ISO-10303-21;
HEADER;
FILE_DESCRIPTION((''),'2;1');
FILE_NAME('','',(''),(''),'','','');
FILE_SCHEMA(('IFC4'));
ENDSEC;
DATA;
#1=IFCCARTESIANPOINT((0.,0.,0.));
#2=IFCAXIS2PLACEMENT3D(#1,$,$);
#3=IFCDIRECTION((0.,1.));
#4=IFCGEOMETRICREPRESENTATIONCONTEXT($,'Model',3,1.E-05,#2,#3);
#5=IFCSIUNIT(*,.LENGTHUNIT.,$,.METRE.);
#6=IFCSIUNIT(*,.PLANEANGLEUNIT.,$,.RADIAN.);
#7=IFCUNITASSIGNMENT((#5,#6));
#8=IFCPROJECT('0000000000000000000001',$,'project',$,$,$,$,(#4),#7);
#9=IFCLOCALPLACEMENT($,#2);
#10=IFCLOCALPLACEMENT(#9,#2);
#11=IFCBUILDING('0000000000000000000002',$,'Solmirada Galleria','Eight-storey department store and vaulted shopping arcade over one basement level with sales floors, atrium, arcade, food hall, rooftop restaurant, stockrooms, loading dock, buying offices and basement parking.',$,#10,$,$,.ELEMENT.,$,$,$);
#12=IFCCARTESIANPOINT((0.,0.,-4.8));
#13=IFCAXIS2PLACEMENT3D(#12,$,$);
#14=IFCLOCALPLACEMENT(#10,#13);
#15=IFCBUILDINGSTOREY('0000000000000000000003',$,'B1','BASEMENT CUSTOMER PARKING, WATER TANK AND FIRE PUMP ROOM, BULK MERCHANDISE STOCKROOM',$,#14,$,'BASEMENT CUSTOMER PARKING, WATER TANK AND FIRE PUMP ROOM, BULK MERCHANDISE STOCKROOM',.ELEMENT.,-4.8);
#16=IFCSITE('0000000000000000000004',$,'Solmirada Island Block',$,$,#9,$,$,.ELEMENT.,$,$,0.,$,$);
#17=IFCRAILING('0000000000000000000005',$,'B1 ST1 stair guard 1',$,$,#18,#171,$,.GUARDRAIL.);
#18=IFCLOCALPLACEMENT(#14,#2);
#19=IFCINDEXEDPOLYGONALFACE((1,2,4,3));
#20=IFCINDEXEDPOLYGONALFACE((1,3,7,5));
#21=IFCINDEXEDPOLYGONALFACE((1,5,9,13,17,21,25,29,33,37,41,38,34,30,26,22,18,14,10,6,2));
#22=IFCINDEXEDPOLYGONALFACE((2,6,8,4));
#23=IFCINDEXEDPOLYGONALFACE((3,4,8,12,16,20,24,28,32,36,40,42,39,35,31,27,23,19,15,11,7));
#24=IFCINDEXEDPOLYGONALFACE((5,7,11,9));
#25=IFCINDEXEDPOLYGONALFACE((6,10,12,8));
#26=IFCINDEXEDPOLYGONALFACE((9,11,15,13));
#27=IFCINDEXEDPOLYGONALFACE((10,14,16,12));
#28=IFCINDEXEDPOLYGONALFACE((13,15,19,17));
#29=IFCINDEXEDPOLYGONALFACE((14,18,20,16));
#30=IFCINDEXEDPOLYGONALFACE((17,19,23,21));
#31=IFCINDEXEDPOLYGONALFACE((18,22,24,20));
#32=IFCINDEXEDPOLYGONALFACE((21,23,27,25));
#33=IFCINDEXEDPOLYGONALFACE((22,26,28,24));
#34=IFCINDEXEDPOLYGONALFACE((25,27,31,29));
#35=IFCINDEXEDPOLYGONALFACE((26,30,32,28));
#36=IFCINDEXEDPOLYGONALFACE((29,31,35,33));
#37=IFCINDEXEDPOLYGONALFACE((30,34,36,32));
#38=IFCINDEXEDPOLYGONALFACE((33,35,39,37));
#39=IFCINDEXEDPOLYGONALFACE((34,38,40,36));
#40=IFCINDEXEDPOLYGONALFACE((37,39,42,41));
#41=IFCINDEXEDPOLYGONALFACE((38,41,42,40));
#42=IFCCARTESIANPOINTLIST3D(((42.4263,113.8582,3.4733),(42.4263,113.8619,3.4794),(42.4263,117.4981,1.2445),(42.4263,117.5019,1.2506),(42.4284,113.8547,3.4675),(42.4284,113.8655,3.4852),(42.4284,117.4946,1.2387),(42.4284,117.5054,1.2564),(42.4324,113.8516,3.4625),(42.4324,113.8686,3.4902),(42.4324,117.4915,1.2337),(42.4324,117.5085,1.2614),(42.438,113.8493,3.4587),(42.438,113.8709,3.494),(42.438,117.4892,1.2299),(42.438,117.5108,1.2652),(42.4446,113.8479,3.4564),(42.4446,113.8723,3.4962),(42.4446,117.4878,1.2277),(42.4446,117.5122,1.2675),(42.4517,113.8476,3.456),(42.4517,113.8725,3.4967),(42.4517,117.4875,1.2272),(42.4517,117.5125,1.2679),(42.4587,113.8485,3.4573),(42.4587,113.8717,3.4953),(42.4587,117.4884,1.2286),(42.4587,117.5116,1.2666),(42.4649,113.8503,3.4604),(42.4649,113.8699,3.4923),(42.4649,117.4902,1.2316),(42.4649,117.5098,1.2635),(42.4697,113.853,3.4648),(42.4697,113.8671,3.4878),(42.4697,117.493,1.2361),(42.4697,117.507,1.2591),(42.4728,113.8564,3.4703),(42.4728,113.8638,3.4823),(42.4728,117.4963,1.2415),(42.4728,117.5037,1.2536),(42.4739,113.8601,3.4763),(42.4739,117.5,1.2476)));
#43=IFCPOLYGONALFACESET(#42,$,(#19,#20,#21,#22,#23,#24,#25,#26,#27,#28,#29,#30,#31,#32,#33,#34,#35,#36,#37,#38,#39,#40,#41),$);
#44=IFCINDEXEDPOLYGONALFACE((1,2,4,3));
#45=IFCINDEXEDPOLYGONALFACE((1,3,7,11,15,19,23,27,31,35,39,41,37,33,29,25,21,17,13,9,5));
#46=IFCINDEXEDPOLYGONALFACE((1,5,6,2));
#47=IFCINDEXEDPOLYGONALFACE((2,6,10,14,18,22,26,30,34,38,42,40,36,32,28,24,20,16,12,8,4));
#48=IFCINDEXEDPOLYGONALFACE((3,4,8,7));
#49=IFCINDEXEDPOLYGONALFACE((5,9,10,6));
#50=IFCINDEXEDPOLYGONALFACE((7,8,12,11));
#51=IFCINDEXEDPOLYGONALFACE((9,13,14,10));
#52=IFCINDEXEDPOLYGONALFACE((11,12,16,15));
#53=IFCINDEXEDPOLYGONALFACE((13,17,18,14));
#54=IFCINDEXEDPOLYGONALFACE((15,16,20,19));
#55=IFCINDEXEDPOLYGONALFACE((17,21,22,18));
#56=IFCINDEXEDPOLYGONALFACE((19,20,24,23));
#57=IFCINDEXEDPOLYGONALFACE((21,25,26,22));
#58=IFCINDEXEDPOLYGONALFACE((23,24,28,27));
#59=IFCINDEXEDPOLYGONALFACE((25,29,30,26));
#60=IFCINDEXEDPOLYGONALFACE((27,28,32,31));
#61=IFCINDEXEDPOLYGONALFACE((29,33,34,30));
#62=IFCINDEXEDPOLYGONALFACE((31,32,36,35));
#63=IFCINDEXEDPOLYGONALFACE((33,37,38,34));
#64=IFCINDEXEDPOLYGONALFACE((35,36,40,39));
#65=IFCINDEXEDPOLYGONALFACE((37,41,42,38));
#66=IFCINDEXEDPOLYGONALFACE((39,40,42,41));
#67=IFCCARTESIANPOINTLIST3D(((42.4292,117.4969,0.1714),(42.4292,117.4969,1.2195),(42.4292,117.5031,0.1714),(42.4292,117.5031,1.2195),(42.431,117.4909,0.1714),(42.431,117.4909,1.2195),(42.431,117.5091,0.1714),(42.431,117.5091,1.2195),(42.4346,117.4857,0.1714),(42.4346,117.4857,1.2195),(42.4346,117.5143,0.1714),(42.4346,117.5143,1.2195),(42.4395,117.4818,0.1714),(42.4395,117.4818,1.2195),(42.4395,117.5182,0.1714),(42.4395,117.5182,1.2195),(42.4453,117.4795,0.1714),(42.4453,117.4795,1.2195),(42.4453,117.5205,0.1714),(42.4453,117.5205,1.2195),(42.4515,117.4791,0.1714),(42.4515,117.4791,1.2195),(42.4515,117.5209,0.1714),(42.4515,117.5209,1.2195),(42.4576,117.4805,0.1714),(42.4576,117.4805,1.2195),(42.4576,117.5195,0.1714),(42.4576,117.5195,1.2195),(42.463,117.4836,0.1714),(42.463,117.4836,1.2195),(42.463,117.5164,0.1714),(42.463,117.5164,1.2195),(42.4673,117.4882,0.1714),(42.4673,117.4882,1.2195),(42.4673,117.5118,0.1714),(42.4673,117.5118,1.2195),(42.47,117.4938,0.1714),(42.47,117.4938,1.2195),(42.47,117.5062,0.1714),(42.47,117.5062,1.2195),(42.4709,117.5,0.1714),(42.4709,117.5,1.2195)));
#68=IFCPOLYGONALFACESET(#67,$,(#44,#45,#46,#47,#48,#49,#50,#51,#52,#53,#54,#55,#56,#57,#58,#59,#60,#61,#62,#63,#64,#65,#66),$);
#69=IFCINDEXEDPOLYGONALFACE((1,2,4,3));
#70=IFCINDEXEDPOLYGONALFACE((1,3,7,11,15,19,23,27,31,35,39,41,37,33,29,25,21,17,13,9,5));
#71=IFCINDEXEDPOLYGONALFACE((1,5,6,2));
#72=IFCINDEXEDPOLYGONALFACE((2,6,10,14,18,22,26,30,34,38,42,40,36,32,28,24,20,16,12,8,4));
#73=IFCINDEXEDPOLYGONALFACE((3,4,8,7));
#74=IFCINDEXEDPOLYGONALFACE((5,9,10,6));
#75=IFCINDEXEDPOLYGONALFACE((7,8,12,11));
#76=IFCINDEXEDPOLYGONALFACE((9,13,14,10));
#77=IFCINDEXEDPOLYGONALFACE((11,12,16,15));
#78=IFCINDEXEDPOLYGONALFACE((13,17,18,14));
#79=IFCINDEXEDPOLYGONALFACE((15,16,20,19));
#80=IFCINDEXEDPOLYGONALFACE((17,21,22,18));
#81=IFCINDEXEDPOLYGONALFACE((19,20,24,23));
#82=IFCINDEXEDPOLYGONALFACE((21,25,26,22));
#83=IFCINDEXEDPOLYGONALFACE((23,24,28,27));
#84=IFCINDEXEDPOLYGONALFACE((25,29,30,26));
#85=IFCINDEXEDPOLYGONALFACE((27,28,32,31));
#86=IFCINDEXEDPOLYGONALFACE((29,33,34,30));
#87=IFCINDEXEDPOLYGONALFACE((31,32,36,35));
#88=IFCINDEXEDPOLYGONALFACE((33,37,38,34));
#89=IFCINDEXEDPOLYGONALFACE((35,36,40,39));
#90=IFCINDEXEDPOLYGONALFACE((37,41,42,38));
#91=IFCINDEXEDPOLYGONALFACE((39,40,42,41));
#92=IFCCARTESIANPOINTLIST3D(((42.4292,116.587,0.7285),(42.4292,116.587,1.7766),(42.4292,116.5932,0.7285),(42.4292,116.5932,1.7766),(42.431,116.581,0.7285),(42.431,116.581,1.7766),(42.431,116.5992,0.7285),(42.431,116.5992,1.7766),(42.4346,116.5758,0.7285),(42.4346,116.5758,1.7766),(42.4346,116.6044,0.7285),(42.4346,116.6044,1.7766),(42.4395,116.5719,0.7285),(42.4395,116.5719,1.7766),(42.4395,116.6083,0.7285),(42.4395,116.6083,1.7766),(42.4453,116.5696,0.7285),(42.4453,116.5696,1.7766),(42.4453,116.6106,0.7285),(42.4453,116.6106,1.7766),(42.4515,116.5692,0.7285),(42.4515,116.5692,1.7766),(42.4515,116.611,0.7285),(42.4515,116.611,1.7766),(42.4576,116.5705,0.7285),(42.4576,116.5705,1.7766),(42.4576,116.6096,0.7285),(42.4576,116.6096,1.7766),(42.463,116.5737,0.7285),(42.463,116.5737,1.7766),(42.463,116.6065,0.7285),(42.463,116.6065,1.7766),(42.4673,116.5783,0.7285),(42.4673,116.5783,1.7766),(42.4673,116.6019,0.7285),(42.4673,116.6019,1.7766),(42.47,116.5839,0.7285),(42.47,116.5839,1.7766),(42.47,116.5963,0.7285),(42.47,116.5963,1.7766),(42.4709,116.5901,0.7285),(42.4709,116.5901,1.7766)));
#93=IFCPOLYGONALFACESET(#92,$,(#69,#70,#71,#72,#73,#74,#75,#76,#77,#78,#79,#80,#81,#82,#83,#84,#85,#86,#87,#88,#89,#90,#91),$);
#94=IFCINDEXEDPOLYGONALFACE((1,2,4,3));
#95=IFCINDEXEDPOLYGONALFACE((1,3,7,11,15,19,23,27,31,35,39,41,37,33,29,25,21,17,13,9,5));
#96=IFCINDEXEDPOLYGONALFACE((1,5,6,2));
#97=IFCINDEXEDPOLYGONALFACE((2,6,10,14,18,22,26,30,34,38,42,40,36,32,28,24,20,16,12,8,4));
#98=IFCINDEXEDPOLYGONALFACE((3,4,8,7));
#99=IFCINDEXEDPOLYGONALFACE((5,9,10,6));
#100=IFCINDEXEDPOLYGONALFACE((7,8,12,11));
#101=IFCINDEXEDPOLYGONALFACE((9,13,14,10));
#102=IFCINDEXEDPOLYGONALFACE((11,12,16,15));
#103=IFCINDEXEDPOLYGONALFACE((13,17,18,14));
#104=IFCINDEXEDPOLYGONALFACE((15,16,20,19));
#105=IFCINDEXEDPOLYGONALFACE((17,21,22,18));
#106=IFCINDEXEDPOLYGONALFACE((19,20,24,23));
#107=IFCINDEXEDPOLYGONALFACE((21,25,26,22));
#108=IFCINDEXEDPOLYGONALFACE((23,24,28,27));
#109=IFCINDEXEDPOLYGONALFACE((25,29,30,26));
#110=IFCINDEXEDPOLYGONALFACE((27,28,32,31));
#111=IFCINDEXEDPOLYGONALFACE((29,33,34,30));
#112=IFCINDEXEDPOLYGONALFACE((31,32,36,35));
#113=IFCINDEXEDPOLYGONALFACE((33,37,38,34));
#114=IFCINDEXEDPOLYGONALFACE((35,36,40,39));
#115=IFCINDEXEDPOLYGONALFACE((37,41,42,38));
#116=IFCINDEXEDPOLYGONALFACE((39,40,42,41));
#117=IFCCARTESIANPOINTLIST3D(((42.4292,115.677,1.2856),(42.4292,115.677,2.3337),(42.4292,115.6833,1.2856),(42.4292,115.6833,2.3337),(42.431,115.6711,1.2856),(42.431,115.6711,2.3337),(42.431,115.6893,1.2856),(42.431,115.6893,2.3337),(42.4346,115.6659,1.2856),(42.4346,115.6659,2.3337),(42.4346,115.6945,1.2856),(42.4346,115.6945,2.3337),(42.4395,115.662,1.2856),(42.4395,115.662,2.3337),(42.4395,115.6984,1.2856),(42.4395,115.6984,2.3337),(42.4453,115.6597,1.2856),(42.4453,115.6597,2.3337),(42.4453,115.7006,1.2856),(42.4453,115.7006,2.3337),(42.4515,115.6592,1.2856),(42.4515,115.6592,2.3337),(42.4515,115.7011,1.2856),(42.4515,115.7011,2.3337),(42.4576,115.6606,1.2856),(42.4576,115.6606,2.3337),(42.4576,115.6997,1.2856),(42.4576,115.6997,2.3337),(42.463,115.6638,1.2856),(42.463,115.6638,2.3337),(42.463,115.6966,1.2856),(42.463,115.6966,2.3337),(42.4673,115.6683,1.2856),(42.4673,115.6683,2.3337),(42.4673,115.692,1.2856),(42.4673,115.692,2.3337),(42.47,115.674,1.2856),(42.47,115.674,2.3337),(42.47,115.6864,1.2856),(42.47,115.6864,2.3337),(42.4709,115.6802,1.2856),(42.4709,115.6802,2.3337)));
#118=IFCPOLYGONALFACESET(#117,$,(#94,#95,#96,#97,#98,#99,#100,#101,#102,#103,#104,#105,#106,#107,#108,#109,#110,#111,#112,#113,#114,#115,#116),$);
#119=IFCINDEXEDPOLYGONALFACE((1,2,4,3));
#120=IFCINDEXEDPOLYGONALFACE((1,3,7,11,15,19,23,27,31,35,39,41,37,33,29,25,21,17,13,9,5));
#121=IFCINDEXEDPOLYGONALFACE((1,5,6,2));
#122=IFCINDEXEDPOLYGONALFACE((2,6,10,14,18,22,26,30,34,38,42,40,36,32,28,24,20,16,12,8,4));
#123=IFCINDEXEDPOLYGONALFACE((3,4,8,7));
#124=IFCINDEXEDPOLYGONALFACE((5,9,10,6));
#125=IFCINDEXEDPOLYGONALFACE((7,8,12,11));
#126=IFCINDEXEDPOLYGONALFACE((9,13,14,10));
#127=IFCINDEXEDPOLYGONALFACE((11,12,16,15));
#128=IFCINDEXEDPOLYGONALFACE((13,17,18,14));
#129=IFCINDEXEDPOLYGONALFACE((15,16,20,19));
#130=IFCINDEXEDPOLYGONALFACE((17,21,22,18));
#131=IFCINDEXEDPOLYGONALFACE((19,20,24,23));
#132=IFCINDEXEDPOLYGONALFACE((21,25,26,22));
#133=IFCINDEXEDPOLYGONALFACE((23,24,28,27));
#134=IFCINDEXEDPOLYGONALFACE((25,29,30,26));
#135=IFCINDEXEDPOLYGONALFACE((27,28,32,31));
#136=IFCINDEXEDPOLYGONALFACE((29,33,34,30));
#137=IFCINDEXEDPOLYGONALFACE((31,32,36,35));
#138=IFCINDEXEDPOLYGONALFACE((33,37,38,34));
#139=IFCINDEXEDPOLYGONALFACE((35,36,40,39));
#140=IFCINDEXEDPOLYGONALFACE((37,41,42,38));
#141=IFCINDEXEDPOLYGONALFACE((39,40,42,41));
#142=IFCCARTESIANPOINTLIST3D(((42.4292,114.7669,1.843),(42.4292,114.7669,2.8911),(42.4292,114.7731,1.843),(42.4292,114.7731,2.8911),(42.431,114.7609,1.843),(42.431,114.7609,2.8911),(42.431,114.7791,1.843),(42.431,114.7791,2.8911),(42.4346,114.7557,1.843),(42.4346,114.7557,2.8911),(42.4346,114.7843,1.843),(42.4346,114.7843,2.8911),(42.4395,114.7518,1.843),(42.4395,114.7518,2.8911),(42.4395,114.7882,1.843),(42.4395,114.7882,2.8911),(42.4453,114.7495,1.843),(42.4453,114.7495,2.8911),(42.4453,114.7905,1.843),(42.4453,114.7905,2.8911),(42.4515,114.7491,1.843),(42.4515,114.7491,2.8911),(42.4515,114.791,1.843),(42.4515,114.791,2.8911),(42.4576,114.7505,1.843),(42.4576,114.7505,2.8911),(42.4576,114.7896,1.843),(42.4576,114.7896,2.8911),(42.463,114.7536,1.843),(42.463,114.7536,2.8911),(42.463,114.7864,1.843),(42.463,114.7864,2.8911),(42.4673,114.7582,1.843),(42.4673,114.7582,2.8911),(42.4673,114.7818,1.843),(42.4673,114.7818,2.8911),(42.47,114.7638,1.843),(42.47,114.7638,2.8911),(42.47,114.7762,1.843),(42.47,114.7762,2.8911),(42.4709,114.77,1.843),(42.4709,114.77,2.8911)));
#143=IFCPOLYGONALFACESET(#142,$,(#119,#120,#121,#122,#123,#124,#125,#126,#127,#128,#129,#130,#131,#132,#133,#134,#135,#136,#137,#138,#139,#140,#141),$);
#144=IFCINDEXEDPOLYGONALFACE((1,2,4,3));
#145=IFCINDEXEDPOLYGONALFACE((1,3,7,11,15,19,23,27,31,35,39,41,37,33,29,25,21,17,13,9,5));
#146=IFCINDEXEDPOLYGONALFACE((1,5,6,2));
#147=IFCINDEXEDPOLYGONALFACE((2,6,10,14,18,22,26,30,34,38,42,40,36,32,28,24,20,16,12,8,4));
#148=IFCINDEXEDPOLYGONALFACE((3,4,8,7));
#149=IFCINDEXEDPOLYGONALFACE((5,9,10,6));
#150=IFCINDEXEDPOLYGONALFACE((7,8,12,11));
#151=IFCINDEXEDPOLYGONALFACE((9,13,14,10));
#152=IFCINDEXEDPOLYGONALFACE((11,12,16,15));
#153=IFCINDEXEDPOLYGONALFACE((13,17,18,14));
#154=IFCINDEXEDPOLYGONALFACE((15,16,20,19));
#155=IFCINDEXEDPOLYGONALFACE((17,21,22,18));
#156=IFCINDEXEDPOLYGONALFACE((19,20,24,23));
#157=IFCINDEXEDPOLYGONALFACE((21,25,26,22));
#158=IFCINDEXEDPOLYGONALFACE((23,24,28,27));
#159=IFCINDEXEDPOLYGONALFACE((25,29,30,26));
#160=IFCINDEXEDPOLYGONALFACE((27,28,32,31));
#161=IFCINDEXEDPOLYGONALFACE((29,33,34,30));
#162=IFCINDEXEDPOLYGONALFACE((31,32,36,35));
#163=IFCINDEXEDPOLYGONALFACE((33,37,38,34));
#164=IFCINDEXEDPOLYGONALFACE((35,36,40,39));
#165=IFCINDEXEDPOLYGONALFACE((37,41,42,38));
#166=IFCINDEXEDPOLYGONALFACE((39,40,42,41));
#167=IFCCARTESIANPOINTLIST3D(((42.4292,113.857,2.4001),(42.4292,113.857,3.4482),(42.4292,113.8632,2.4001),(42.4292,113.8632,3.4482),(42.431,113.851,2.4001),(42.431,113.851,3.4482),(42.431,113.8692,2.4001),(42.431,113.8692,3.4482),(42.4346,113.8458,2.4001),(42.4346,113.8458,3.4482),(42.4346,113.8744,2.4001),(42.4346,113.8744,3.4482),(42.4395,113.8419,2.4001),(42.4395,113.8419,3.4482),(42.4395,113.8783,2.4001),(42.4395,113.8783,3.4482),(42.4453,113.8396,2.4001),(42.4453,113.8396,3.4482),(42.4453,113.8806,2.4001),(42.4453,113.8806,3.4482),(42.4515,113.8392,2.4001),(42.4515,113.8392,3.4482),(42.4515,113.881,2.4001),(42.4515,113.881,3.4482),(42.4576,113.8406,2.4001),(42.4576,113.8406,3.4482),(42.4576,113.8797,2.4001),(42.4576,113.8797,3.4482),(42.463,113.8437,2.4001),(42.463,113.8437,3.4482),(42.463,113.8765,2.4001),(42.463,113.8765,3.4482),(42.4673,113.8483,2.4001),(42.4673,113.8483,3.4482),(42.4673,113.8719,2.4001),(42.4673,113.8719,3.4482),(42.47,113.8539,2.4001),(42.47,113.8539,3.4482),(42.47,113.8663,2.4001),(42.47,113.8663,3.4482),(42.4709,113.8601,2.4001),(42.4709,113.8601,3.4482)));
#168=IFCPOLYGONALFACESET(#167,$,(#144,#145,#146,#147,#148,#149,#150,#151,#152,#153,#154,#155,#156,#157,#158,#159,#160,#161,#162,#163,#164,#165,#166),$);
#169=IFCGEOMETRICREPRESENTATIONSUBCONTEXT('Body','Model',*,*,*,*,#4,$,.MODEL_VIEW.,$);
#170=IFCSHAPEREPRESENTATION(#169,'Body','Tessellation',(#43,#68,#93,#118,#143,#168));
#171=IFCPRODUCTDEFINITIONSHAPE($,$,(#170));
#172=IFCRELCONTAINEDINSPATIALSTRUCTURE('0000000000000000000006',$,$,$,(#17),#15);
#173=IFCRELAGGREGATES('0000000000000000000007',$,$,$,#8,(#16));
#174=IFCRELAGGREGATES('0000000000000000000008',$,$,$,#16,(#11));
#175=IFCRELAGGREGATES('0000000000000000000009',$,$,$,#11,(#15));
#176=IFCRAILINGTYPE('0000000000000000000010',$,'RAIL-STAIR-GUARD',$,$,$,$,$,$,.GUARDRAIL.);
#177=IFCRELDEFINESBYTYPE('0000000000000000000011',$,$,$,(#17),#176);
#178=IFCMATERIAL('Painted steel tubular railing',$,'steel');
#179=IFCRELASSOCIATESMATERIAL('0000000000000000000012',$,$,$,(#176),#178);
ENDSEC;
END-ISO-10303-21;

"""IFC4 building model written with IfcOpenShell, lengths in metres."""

from ifc_helpers import new_model, si_unit, direction, frame, origin, origin_2d, place, context, subcontext, project, spatial, circle, extrude, material, type_object, element, save


model = new_model("IFC4")

# Units and contexts
model_context = context("Model", 3, precision=1e-05, world=origin(), true_north=direction((0.0, 1.0)))
body_context = subcontext(model_context, "Body", "Model", "MODEL_VIEW")
ifc_project = project(units=[si_unit("LENGTHUNIT", "METRE"), si_unit("PLANEANGLEUNIT", "RADIAN")], contexts=[model_context])

# Site, building, storey
site_placement = place(None, origin())
site = spatial("IfcSite", under=ifc_project, at=site_placement, Name="Solmirada Island Block", CompositionType="ELEMENT", RefElevation=0.0)
building_placement = place(site_placement, origin())
building = spatial("IfcBuilding", under=site, at=building_placement, Name="Solmirada Galleria", Description="Eight-storey department store and vaulted shopping arcade over one basement level with sales floors, atrium, arcade, food hall, rooftop restaurant, stockrooms, loading dock, buying offices and basement parking.", CompositionType="ELEMENT")
storey_placement = place(building_placement, frame((0.0, 0.0, -4.8)))
storey = spatial("IfcBuildingStorey", under=building, at=storey_placement, Name="B1", Description="BASEMENT CUSTOMER PARKING, WATER TANK AND FIRE PUMP ROOM, BULK MERCHANDISE STOCKROOM", LongName="BASEMENT CUSTOMER PARKING, WATER TANK AND FIRE PUMP ROOM, BULK MERCHANDISE STOCKROOM", CompositionType="ELEMENT", Elevation=-4.8)

# Railing
ifc_material_1 = material(Name="Painted steel tubular railing", Category="steel")
railing_type_1 = type_object("IfcRailingType", Name="RAIL-STAIR-GUARD", PredefinedType="GUARDRAIL", material=ifc_material_1)
railing_1_placement = place(storey_placement, frame((42.45, 117.5, 0.1714)))
element("IfcRailing", 1, at=railing_1_placement, inside=storey, type_object=railing_type_1, Name="B1 ST1 stair guard 1", PredefinedType="GUARDRAIL", context=body_context, shape_type="SweptSolid", body=[
    extrude(circle(Radius=0.0239, at=origin_2d()), frame((0.0, 0.0, 1.0762), z_axis=(0.0, -0.852825, 0.522197), x_axis=(1.0, 0.0, 0.0)), (0.0, 0.0, 1.0), 4.2681),
    extrude(circle(Radius=0.021, at=origin_2d()), origin(), (0.0, 0.0, 1.0), 1.0481),
    extrude(circle(Radius=0.021, at=origin_2d()), frame((0.0, -0.9099, 0.5571)), (0.0, 0.0, 1.0), 1.0481),
    extrude(circle(Radius=0.021, at=origin_2d()), frame((0.0, -1.8198, 1.1143)), (0.0, 0.0, 1.0), 1.0481),
    extrude(circle(Radius=0.021, at=origin_2d()), frame((0.0, -2.73, 1.6716)), (0.0, 0.0, 1.0), 1.0481),
    extrude(circle(Radius=0.021, at=origin_2d()), frame((0.0, -3.6399, 2.2288)), (0.0, 0.0, 1.0), 1.0481),
])

save(model, "model.ifc")
